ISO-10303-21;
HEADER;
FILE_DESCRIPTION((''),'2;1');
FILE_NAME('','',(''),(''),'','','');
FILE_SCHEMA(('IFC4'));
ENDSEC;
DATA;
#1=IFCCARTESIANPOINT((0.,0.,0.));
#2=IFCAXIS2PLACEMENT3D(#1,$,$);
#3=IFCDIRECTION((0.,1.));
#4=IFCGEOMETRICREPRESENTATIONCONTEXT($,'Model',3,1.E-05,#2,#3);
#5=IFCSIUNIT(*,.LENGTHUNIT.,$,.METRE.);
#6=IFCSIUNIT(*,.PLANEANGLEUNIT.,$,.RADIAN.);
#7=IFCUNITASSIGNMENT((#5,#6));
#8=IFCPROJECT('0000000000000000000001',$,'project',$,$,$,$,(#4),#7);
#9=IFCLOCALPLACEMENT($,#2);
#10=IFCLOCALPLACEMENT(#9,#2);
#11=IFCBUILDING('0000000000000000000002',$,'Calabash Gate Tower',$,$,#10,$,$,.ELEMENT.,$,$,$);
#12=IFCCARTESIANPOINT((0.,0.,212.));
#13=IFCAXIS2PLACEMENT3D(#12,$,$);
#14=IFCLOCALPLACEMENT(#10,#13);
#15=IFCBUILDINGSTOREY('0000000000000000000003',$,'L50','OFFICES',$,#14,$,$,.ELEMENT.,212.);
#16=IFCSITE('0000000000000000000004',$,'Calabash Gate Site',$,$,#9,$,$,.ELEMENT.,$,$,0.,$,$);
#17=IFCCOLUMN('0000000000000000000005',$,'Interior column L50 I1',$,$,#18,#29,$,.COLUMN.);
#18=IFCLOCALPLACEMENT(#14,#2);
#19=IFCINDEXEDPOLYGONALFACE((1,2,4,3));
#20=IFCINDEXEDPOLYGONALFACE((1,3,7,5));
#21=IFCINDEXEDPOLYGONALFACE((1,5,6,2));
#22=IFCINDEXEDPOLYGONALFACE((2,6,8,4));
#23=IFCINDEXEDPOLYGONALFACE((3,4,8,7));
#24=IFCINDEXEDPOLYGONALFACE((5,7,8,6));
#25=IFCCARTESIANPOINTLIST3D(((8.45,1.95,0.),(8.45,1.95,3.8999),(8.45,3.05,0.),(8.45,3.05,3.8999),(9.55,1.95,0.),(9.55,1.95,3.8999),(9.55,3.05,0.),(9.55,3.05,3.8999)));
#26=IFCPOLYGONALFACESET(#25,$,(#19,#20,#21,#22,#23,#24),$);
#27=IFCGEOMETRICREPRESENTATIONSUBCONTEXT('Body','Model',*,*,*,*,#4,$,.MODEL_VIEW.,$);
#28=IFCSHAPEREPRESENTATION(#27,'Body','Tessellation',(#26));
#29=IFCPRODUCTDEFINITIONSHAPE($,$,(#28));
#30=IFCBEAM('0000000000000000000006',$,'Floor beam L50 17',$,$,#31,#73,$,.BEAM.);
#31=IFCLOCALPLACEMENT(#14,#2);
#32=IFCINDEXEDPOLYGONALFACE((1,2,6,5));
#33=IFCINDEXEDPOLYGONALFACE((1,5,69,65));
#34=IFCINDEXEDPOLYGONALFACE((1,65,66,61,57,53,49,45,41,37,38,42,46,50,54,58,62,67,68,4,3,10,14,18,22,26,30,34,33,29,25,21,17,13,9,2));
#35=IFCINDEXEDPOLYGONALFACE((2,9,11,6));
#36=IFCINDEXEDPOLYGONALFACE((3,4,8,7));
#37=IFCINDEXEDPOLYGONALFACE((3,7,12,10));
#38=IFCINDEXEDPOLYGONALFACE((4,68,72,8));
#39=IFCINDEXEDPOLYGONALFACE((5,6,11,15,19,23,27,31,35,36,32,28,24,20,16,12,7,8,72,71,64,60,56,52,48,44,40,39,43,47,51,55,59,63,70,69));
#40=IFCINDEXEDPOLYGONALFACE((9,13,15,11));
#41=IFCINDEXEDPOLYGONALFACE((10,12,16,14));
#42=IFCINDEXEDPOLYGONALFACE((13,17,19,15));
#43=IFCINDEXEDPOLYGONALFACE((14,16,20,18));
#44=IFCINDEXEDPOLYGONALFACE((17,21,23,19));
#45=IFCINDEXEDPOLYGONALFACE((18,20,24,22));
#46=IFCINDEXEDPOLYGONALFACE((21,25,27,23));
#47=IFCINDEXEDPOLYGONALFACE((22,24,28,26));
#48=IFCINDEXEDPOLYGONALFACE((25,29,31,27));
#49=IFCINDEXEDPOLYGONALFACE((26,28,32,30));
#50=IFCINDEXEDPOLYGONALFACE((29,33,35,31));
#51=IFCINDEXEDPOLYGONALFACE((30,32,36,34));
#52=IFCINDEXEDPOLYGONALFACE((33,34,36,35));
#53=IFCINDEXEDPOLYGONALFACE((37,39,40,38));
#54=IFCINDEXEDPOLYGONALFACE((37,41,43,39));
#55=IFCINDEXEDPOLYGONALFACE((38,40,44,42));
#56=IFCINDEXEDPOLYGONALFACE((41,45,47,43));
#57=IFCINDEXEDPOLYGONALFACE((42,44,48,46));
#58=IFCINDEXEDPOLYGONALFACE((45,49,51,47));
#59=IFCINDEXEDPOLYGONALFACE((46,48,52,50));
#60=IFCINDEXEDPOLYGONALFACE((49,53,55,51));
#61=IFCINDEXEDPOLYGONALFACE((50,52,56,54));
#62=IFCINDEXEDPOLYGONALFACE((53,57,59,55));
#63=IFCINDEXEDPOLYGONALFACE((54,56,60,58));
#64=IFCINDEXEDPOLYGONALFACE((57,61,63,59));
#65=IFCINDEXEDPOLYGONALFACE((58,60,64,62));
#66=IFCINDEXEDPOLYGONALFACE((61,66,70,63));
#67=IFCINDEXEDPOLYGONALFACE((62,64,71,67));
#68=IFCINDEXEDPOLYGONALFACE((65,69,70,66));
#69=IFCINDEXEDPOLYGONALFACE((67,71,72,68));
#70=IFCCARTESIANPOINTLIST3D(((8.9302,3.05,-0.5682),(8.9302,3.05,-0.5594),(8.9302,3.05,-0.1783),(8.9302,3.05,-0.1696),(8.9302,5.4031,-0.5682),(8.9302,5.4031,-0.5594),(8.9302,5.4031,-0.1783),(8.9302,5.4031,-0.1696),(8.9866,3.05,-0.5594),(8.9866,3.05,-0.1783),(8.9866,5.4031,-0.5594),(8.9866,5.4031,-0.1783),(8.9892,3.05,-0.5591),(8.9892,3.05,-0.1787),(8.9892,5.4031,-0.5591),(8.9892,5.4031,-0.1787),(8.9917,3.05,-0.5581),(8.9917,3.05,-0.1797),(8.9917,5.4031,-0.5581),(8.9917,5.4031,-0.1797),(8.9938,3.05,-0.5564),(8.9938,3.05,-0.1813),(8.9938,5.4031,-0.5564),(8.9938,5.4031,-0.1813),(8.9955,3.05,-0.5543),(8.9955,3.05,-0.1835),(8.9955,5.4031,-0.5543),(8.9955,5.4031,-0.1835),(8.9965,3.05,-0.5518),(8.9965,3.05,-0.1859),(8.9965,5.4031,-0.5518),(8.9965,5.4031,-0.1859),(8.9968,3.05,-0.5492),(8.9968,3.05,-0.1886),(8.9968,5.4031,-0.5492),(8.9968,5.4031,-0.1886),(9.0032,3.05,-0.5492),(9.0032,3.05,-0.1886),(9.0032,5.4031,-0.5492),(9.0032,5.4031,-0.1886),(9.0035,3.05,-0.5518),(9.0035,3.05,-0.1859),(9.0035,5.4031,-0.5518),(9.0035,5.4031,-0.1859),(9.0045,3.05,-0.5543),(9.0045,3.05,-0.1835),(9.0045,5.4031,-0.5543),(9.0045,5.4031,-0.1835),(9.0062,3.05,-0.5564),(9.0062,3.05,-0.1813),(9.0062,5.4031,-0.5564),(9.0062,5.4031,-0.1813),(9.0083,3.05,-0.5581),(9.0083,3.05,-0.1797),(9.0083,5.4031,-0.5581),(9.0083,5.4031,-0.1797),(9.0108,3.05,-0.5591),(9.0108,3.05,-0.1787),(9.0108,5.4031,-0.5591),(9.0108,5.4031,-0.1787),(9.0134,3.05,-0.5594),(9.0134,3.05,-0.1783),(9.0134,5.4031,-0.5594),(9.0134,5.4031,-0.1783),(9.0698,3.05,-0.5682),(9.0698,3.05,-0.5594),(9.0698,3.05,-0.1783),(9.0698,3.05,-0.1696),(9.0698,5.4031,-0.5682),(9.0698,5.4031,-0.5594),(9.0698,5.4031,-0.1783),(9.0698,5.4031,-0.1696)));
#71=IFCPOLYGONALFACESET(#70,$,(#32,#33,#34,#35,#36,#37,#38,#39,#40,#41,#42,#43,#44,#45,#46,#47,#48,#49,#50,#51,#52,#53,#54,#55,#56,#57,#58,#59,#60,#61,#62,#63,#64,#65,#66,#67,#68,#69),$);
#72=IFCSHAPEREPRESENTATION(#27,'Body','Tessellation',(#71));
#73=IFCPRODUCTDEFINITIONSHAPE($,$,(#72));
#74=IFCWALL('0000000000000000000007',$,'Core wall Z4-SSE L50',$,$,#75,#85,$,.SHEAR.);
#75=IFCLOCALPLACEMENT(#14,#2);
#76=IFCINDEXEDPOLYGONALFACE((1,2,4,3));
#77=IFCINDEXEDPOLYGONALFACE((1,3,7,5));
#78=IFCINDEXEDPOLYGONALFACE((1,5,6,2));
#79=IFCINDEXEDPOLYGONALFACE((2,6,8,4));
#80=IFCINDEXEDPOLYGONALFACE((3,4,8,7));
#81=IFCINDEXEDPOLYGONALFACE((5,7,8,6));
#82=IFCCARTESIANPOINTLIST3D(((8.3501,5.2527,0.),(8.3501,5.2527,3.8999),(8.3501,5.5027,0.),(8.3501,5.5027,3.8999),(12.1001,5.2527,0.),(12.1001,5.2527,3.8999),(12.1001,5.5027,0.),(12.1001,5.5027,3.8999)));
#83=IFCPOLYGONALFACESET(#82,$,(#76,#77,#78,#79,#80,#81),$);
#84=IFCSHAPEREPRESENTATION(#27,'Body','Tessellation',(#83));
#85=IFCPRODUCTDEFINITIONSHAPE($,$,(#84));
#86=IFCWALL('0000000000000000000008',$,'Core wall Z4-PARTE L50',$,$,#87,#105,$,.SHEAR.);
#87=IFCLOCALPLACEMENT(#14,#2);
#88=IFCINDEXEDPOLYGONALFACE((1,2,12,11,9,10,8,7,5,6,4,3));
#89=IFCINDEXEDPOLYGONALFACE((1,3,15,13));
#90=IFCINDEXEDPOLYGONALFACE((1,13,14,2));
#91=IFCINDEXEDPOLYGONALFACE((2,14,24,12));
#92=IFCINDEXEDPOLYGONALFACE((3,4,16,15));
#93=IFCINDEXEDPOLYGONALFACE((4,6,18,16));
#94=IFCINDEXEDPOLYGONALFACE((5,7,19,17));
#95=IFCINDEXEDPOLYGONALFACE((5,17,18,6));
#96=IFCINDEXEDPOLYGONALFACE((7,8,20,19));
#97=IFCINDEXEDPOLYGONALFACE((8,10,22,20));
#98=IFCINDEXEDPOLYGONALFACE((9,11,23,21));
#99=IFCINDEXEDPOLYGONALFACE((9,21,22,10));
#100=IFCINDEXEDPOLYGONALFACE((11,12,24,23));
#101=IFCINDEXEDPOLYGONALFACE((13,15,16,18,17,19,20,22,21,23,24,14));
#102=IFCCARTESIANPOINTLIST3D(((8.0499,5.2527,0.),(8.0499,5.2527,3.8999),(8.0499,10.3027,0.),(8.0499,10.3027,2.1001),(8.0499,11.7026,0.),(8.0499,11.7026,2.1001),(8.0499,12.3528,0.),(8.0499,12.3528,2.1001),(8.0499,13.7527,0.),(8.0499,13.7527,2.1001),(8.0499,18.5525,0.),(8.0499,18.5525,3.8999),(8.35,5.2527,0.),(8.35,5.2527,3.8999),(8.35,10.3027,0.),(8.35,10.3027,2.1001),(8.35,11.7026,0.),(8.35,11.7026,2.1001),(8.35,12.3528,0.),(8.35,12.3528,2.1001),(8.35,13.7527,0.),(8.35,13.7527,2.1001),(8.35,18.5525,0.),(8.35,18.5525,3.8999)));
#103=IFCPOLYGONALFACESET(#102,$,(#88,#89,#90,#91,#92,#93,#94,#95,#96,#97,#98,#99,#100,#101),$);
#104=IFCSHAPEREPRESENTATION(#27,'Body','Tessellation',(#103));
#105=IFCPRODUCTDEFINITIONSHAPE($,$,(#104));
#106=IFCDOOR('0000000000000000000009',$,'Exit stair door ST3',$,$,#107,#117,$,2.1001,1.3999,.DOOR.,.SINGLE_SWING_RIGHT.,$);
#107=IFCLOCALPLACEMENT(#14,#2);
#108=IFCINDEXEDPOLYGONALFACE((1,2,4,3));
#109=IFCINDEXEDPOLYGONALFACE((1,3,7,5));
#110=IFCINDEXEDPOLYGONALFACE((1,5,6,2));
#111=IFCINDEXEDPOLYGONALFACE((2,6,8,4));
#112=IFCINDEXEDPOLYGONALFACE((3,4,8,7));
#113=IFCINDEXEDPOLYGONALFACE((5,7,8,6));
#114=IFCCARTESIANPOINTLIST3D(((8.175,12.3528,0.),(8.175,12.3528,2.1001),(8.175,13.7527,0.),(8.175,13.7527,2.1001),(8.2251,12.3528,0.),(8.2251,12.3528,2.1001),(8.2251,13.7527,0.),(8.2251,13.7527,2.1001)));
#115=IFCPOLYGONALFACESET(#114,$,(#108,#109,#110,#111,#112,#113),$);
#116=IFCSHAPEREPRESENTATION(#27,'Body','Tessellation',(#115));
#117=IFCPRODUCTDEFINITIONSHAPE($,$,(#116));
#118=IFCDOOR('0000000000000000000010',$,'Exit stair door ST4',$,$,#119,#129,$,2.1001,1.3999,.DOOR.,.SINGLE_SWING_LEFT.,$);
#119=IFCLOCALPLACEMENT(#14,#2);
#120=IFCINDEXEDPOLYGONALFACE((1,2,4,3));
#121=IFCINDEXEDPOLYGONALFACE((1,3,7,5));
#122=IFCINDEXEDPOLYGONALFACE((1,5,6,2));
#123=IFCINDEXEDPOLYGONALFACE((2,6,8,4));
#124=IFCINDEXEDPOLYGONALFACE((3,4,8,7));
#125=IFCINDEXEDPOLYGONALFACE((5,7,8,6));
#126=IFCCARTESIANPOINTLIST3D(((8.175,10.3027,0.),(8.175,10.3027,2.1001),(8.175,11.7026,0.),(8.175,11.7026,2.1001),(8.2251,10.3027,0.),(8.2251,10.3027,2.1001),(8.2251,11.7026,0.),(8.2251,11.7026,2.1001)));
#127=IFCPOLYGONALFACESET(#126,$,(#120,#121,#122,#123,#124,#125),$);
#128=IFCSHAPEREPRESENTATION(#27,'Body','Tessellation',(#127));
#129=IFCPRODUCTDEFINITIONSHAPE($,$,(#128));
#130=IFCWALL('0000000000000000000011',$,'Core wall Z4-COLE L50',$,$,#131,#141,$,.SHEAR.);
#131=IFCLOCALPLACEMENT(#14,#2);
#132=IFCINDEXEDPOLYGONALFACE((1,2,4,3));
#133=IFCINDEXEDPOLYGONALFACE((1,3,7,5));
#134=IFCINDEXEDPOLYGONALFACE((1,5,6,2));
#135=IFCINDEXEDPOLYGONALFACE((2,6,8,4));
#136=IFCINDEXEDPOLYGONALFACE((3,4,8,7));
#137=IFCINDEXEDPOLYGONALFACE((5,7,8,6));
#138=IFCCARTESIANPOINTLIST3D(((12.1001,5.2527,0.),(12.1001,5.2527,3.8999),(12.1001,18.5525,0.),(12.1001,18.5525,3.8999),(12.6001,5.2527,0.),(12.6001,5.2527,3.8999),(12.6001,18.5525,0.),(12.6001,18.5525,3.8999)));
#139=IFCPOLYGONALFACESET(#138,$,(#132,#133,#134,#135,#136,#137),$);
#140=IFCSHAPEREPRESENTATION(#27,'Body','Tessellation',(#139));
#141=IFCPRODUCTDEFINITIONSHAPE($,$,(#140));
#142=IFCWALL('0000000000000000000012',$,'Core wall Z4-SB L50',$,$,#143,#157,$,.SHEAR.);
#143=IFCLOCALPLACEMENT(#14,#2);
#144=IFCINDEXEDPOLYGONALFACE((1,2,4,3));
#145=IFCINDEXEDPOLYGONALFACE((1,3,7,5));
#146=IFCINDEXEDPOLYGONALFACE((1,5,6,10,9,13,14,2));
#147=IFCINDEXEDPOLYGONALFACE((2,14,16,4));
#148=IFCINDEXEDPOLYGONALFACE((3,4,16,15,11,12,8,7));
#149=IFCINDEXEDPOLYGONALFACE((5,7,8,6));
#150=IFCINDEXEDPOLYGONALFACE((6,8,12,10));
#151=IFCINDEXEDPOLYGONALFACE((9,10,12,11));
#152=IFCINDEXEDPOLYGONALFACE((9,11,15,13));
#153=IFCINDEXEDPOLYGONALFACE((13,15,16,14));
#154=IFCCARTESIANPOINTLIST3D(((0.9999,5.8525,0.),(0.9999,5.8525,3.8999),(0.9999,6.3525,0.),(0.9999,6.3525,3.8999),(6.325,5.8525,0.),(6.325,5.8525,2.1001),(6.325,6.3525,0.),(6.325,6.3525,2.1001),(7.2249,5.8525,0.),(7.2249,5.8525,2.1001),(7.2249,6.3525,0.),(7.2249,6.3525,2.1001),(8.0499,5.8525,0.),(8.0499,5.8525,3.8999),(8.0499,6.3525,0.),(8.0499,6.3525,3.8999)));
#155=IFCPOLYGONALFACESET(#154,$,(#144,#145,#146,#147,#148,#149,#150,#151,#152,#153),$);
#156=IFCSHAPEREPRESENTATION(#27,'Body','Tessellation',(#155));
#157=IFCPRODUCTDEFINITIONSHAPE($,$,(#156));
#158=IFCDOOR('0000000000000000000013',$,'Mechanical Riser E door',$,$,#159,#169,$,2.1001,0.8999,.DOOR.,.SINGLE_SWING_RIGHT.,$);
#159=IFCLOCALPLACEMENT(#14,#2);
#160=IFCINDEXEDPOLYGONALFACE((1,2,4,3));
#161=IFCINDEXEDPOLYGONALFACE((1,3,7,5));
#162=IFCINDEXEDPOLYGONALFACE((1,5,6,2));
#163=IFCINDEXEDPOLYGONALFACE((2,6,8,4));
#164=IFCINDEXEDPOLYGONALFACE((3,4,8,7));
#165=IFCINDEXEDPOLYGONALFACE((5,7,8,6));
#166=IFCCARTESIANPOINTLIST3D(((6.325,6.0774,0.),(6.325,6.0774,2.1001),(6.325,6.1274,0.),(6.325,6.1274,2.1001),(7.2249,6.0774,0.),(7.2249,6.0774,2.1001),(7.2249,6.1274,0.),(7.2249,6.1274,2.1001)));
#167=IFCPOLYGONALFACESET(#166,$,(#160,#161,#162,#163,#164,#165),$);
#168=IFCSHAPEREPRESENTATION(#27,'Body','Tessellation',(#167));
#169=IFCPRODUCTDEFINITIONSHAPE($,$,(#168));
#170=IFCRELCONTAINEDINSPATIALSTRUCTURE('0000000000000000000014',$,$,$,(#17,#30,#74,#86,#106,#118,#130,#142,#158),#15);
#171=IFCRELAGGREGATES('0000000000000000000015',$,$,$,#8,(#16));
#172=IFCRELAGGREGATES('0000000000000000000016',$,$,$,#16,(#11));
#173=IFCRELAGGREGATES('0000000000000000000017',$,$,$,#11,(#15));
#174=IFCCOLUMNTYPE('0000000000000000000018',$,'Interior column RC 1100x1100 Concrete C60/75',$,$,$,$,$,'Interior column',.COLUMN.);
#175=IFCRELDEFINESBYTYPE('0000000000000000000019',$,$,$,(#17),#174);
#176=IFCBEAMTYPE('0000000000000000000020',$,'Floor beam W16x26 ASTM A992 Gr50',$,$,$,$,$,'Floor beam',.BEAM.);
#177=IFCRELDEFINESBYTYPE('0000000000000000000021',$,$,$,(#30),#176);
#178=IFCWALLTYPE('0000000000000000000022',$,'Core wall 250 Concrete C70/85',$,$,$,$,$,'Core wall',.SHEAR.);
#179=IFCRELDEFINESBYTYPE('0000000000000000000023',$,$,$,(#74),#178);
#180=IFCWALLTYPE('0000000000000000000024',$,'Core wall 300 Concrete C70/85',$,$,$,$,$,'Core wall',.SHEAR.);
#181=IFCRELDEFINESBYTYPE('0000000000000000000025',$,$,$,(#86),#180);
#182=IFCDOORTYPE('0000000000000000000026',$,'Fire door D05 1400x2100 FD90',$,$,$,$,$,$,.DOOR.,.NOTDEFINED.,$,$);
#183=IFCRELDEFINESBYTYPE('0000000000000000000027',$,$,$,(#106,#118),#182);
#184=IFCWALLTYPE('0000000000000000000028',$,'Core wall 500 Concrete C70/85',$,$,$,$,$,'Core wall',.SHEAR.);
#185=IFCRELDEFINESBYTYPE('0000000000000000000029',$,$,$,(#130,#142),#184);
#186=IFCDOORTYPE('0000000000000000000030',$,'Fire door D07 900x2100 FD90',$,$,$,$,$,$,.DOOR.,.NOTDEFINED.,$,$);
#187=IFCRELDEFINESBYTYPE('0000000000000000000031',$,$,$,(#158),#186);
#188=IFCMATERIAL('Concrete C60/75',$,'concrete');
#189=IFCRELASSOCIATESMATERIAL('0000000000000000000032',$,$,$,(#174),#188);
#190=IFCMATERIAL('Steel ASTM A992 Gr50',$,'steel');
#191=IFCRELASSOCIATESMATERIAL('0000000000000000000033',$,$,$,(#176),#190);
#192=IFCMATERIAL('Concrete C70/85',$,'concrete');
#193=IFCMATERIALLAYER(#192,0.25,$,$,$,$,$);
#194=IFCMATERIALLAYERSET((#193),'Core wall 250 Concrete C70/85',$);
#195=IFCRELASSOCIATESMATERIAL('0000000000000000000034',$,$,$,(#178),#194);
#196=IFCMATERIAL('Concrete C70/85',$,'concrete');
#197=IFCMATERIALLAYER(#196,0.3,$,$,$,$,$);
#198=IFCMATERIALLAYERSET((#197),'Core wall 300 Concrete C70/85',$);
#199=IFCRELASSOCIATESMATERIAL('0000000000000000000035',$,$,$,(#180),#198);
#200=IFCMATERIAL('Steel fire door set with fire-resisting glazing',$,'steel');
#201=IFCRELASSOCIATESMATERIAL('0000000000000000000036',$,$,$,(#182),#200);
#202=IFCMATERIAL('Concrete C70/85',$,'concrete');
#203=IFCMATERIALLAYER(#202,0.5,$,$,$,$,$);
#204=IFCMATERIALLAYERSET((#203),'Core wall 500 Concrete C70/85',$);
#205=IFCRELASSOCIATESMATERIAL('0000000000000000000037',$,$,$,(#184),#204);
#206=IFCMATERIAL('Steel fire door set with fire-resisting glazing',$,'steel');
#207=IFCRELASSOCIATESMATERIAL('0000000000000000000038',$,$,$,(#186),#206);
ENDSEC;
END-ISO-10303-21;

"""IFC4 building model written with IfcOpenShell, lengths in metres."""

from ifc_helpers import new_model, si_unit, direction, frame, frame_2d, origin, origin_2d, place, context, subcontext, project, spatial, rectangle, i_section, extrude, material, layer, layer_set, material_profile, profile_set, type_object, element, fill, save


model = new_model("IFC4")

# Units and contexts
model_context = context("Model", 3, precision=1e-05, world=origin(), true_north=direction((0.0, 1.0)))
body_context = subcontext(model_context, "Body", "Model", "MODEL_VIEW")
ifc_project = project(units=[si_unit("LENGTHUNIT", "METRE"), si_unit("PLANEANGLEUNIT", "RADIAN")], contexts=[model_context])

# Site, building, storey
site_placement = place(None, origin())
site = spatial("IfcSite", under=ifc_project, at=site_placement, Name="Calabash Gate Site", CompositionType="ELEMENT", RefElevation=0.0)
building_placement = place(site_placement, origin())
building = spatial("IfcBuilding", under=site, at=building_placement, Name="Calabash Gate Tower", CompositionType="ELEMENT")
storey_placement = place(building_placement, frame((0.0, 0.0, 212.0)))
storey = spatial("IfcBuildingStorey", under=building, at=storey_placement, Name="L50", Description="OFFICES", CompositionType="ELEMENT", Elevation=212.0)

# Column
ifc_material_1 = material(Name="Concrete C60/75", Category="concrete")
ifc_material_profile_1 = material_profile(ifc_material_1, rectangle(XDim=1.1001, YDim=1.1001, at=origin_2d()))
ifc_profile_set_1 = profile_set([ifc_material_profile_1], Name="Concrete C60/75")
column_type = type_object("IfcColumnType", Name="Interior column RC 1100x1100 Concrete C60/75", ElementType="Interior column", PredefinedType="COLUMN", material=ifc_profile_set_1)
column_placement = place(storey_placement, frame((9.0, 2.5, 0.0), z_axis=(0.0, 0.0, 1.0), x_axis=(1.0, 0.0, 0.0)))
element("IfcColumn", 1, at=column_placement, inside=storey, type_object=column_type, Name="Interior column L50 I1", PredefinedType="COLUMN", context=body_context, shape_type="SweptSolid", body=[
    extrude(rectangle(XDim=1.1001, YDim=1.1001, at=origin_2d()), origin(), (0.0, 0.0, 1.0), 3.8999),
])

# Beam
ifc_material_2 = material(Name="Steel ASTM A992 Gr50", Category="steel")
ifc_material_profile_2 = material_profile(ifc_material_2, i_section(OverallWidth=0.1396, OverallDepth=0.3987, WebThickness=0.0063, FlangeThickness=0.0088, FilletRadius=0.0103, at=origin_2d()))
ifc_profile_set_2 = profile_set([ifc_material_profile_2], Name="Steel ASTM A992 Gr50")
beam_type = type_object("IfcBeamType", Name="Floor beam W16x26 ASTM A992 Gr50", ElementType="Floor beam", PredefinedType="BEAM", material=ifc_profile_set_2)
beam_placement = place(storey_placement, frame((9.0, 3.05, -0.3689), z_axis=(0.0, 1.0, 0.0), x_axis=(-1.0, 0.0, 0.0)))
element("IfcBeam", 2, at=beam_placement, inside=storey, type_object=beam_type, Name="Floor beam L50 17", PredefinedType="BEAM", context=body_context, shape_type="SweptSolid", body=[
    extrude(i_section(OverallWidth=0.1396, OverallDepth=0.3987, WebThickness=0.0063, FlangeThickness=0.0088, FilletRadius=0.0103, at=origin_2d()), origin(), (0.0, 0.0, 1.0), 2.353),
])

# Wall
ifc_material_3 = material(Name="Concrete C70/85", Category="concrete")
ifc_layer_1 = layer(ifc_material_3, 0.25)
ifc_layer_set_1 = layer_set([ifc_layer_1], Name="Core wall 250 Concrete C70/85")
wall_type_1 = type_object("IfcWallType", Name="Core wall 250 Concrete C70/85", ElementType="Core wall", PredefinedType="SHEAR", material=ifc_layer_set_1)
wall_1_placement = place(storey_placement, frame((8.3501, 5.3777, 0.0), z_axis=(0.0, 0.0, 1.0), x_axis=(1.0, 0.0, 0.0)))
element("IfcWall", 3, at=wall_1_placement, inside=storey, type_object=wall_type_1, Name="Core wall Z4-SSE L50", PredefinedType="SHEAR", context=body_context, shape_type="SweptSolid", body=[
    extrude(rectangle(XDim=3.75, YDim=0.25, at=frame_2d((1.875, 0.0))), origin(), (0.0, 0.0, 1.0), 3.8999),
])

# Wall, openings, doors
ifc_material_4 = material(Name="Concrete C70/85", Category="concrete")
ifc_layer_2 = layer(ifc_material_4, 0.3)
ifc_layer_set_2 = layer_set([ifc_layer_2], Name="Core wall 300 Concrete C70/85")
wall_type_2 = type_object("IfcWallType", Name="Core wall 300 Concrete C70/85", ElementType="Core wall", PredefinedType="SHEAR", material=ifc_layer_set_2)
wall_2_placement = place(storey_placement, frame((8.2, 5.2527, 0.0), z_axis=(0.0, 0.0, 1.0), x_axis=(0.0, 1.0, 0.0)))
wall_2 = element("IfcWall", 4, at=wall_2_placement, inside=storey, type_object=wall_type_2, Name="Core wall Z4-PARTE L50", PredefinedType="SHEAR", context=body_context, shape_type="SweptSolid", body=[
    extrude(rectangle(XDim=13.2998, YDim=0.3, at=frame_2d((6.6499, 0.0))), origin(), (0.0, 0.0, 1.0), 3.8999),
])
opening_1_placement = place(wall_2_placement, frame((7.1001, 0.0, 0.0)))
opening_1 = element("IfcOpeningElement", 5, at=opening_1_placement, cuts=wall_2, PredefinedType="OPENING", context=body_context, shape_type="SweptSolid", body=[
    extrude(rectangle(XDim=1.3999, YDim=2.1001, at=frame_2d((0.7, 1.05))), frame((0.0, 0.1599, 0.0), z_axis=(0.0, -1.0, 0.0), x_axis=(1.0, 0.0, 0.0)), (0.0, 0.0, 1.0), 0.3201),
])
opening_2_placement = place(wall_2_placement, frame((5.05, 0.0, 0.0)))
opening_2 = element("IfcOpeningElement", 6, at=opening_2_placement, cuts=wall_2, PredefinedType="OPENING", context=body_context, shape_type="SweptSolid", body=[
    extrude(rectangle(XDim=1.3999, YDim=2.1001, at=frame_2d((0.7, 1.05))), frame((0.0, 0.1599, 0.0), z_axis=(0.0, -1.0, 0.0), x_axis=(1.0, 0.0, 0.0)), (0.0, 0.0, 1.0), 0.3201),
])
ifc_material_5 = material(Name="Steel fire door set with fire-resisting glazing", Category="steel")
door_type_1 = type_object("IfcDoorType", Name="Fire door D05 1400x2100 FD90", OperationType="NOTDEFINED", PredefinedType="DOOR", material=ifc_material_5)
door_1_placement = place(opening_1_placement, origin())
door_1 = element("IfcDoor", 7, at=door_1_placement, inside=storey, type_object=door_type_1, Name="Exit stair door ST3", OperationType="SINGLE_SWING_RIGHT", OverallHeight=2.1001, OverallWidth=1.3999, PredefinedType="DOOR", context=body_context, shape_type="SweptSolid", body=[
    extrude(rectangle(XDim=1.3999, YDim=2.1001, at=frame_2d((0.7, 1.05))), frame((0.0, 0.0249, 0.0), z_axis=(0.0, -1.0, 0.0), x_axis=(1.0, 0.0, 0.0)), (0.0, 0.0, 1.0), 0.05),
])
fill(opening_1, door_1)
door_2_placement = place(opening_2_placement, origin())
door_2 = element("IfcDoor", 8, at=door_2_placement, inside=storey, type_object=door_type_1, Name="Exit stair door ST4", OperationType="SINGLE_SWING_LEFT", OverallHeight=2.1001, OverallWidth=1.3999, PredefinedType="DOOR", context=body_context, shape_type="SweptSolid", body=[
    extrude(rectangle(XDim=1.3999, YDim=2.1001, at=frame_2d((0.7, 1.05))), frame((0.0, 0.0249, 0.0), z_axis=(0.0, -1.0, 0.0), x_axis=(1.0, 0.0, 0.0)), (0.0, 0.0, 1.0), 0.05),
])
fill(opening_2, door_2)

# Wall
ifc_material_6 = material(Name="Concrete C70/85", Category="concrete")
ifc_layer_3 = layer(ifc_material_6, 0.5)
ifc_layer_set_3 = layer_set([ifc_layer_3], Name="Core wall 500 Concrete C70/85")
wall_type_3 = type_object("IfcWallType", Name="Core wall 500 Concrete C70/85", ElementType="Core wall", PredefinedType="SHEAR", material=ifc_layer_set_3)
wall_3_placement = place(storey_placement, frame((12.3501, 5.2527, 0.0), z_axis=(0.0, 0.0, 1.0), x_axis=(0.0, 1.0, 0.0)))
element("IfcWall", 9, at=wall_3_placement, inside=storey, type_object=wall_type_3, Name="Core wall Z4-COLE L50", PredefinedType="SHEAR", context=body_context, shape_type="SweptSolid", body=[
    extrude(rectangle(XDim=13.2998, YDim=0.5, at=frame_2d((6.6499, 0.0))), origin(), (0.0, 0.0, 1.0), 3.8999),
])

# Wall, opening, door
wall_4_placement = place(storey_placement, frame((1.0, 6.1025, 0.0), z_axis=(0.0, 0.0, 1.0), x_axis=(1.0, 0.0, 0.0)))
wall_4 = element("IfcWall", 10, at=wall_4_placement, inside=storey, type_object=wall_type_3, Name="Core wall Z4-SB L50", PredefinedType="SHEAR", context=body_context, shape_type="SweptSolid", body=[
    extrude(rectangle(XDim=7.05, YDim=0.5, at=frame_2d((3.5249, 0.0))), origin(), (0.0, 0.0, 1.0), 3.8999),
])
opening_3_placement = place(wall_4_placement, frame((5.325, 0.0, 0.0)))
opening_3 = element("IfcOpeningElement", 11, at=opening_3_placement, cuts=wall_4, PredefinedType="OPENING", context=body_context, shape_type="SweptSolid", body=[
    extrude(rectangle(XDim=0.8999, YDim=2.1001, at=frame_2d((0.45, 1.05))), frame((0.0, 0.26, 0.0), z_axis=(0.0, -1.0, 0.0), x_axis=(1.0, 0.0, 0.0)), (0.0, 0.0, 1.0), 0.52),
])
ifc_material_7 = material(Name="Steel fire door set with fire-resisting glazing", Category="steel")
door_type_2 = type_object("IfcDoorType", Name="Fire door D07 900x2100 FD90", OperationType="NOTDEFINED", PredefinedType="DOOR", material=ifc_material_7)
door_3_placement = place(opening_3_placement, origin())
door_3 = element("IfcDoor", 12, at=door_3_placement, inside=storey, type_object=door_type_2, Name="Mechanical Riser E door", OperationType="SINGLE_SWING_RIGHT", OverallHeight=2.1001, OverallWidth=0.8999, PredefinedType="DOOR", context=body_context, shape_type="SweptSolid", body=[
    extrude(rectangle(XDim=0.8999, YDim=2.1001, at=frame_2d((0.45, 1.05))), frame((0.0, 0.0249, 0.0), z_axis=(0.0, -1.0, 0.0), x_axis=(1.0, 0.0, 0.0)), (0.0, 0.0, 1.0), 0.05),
])
fill(opening_3, door_3)

save(model, "model.ifc")
